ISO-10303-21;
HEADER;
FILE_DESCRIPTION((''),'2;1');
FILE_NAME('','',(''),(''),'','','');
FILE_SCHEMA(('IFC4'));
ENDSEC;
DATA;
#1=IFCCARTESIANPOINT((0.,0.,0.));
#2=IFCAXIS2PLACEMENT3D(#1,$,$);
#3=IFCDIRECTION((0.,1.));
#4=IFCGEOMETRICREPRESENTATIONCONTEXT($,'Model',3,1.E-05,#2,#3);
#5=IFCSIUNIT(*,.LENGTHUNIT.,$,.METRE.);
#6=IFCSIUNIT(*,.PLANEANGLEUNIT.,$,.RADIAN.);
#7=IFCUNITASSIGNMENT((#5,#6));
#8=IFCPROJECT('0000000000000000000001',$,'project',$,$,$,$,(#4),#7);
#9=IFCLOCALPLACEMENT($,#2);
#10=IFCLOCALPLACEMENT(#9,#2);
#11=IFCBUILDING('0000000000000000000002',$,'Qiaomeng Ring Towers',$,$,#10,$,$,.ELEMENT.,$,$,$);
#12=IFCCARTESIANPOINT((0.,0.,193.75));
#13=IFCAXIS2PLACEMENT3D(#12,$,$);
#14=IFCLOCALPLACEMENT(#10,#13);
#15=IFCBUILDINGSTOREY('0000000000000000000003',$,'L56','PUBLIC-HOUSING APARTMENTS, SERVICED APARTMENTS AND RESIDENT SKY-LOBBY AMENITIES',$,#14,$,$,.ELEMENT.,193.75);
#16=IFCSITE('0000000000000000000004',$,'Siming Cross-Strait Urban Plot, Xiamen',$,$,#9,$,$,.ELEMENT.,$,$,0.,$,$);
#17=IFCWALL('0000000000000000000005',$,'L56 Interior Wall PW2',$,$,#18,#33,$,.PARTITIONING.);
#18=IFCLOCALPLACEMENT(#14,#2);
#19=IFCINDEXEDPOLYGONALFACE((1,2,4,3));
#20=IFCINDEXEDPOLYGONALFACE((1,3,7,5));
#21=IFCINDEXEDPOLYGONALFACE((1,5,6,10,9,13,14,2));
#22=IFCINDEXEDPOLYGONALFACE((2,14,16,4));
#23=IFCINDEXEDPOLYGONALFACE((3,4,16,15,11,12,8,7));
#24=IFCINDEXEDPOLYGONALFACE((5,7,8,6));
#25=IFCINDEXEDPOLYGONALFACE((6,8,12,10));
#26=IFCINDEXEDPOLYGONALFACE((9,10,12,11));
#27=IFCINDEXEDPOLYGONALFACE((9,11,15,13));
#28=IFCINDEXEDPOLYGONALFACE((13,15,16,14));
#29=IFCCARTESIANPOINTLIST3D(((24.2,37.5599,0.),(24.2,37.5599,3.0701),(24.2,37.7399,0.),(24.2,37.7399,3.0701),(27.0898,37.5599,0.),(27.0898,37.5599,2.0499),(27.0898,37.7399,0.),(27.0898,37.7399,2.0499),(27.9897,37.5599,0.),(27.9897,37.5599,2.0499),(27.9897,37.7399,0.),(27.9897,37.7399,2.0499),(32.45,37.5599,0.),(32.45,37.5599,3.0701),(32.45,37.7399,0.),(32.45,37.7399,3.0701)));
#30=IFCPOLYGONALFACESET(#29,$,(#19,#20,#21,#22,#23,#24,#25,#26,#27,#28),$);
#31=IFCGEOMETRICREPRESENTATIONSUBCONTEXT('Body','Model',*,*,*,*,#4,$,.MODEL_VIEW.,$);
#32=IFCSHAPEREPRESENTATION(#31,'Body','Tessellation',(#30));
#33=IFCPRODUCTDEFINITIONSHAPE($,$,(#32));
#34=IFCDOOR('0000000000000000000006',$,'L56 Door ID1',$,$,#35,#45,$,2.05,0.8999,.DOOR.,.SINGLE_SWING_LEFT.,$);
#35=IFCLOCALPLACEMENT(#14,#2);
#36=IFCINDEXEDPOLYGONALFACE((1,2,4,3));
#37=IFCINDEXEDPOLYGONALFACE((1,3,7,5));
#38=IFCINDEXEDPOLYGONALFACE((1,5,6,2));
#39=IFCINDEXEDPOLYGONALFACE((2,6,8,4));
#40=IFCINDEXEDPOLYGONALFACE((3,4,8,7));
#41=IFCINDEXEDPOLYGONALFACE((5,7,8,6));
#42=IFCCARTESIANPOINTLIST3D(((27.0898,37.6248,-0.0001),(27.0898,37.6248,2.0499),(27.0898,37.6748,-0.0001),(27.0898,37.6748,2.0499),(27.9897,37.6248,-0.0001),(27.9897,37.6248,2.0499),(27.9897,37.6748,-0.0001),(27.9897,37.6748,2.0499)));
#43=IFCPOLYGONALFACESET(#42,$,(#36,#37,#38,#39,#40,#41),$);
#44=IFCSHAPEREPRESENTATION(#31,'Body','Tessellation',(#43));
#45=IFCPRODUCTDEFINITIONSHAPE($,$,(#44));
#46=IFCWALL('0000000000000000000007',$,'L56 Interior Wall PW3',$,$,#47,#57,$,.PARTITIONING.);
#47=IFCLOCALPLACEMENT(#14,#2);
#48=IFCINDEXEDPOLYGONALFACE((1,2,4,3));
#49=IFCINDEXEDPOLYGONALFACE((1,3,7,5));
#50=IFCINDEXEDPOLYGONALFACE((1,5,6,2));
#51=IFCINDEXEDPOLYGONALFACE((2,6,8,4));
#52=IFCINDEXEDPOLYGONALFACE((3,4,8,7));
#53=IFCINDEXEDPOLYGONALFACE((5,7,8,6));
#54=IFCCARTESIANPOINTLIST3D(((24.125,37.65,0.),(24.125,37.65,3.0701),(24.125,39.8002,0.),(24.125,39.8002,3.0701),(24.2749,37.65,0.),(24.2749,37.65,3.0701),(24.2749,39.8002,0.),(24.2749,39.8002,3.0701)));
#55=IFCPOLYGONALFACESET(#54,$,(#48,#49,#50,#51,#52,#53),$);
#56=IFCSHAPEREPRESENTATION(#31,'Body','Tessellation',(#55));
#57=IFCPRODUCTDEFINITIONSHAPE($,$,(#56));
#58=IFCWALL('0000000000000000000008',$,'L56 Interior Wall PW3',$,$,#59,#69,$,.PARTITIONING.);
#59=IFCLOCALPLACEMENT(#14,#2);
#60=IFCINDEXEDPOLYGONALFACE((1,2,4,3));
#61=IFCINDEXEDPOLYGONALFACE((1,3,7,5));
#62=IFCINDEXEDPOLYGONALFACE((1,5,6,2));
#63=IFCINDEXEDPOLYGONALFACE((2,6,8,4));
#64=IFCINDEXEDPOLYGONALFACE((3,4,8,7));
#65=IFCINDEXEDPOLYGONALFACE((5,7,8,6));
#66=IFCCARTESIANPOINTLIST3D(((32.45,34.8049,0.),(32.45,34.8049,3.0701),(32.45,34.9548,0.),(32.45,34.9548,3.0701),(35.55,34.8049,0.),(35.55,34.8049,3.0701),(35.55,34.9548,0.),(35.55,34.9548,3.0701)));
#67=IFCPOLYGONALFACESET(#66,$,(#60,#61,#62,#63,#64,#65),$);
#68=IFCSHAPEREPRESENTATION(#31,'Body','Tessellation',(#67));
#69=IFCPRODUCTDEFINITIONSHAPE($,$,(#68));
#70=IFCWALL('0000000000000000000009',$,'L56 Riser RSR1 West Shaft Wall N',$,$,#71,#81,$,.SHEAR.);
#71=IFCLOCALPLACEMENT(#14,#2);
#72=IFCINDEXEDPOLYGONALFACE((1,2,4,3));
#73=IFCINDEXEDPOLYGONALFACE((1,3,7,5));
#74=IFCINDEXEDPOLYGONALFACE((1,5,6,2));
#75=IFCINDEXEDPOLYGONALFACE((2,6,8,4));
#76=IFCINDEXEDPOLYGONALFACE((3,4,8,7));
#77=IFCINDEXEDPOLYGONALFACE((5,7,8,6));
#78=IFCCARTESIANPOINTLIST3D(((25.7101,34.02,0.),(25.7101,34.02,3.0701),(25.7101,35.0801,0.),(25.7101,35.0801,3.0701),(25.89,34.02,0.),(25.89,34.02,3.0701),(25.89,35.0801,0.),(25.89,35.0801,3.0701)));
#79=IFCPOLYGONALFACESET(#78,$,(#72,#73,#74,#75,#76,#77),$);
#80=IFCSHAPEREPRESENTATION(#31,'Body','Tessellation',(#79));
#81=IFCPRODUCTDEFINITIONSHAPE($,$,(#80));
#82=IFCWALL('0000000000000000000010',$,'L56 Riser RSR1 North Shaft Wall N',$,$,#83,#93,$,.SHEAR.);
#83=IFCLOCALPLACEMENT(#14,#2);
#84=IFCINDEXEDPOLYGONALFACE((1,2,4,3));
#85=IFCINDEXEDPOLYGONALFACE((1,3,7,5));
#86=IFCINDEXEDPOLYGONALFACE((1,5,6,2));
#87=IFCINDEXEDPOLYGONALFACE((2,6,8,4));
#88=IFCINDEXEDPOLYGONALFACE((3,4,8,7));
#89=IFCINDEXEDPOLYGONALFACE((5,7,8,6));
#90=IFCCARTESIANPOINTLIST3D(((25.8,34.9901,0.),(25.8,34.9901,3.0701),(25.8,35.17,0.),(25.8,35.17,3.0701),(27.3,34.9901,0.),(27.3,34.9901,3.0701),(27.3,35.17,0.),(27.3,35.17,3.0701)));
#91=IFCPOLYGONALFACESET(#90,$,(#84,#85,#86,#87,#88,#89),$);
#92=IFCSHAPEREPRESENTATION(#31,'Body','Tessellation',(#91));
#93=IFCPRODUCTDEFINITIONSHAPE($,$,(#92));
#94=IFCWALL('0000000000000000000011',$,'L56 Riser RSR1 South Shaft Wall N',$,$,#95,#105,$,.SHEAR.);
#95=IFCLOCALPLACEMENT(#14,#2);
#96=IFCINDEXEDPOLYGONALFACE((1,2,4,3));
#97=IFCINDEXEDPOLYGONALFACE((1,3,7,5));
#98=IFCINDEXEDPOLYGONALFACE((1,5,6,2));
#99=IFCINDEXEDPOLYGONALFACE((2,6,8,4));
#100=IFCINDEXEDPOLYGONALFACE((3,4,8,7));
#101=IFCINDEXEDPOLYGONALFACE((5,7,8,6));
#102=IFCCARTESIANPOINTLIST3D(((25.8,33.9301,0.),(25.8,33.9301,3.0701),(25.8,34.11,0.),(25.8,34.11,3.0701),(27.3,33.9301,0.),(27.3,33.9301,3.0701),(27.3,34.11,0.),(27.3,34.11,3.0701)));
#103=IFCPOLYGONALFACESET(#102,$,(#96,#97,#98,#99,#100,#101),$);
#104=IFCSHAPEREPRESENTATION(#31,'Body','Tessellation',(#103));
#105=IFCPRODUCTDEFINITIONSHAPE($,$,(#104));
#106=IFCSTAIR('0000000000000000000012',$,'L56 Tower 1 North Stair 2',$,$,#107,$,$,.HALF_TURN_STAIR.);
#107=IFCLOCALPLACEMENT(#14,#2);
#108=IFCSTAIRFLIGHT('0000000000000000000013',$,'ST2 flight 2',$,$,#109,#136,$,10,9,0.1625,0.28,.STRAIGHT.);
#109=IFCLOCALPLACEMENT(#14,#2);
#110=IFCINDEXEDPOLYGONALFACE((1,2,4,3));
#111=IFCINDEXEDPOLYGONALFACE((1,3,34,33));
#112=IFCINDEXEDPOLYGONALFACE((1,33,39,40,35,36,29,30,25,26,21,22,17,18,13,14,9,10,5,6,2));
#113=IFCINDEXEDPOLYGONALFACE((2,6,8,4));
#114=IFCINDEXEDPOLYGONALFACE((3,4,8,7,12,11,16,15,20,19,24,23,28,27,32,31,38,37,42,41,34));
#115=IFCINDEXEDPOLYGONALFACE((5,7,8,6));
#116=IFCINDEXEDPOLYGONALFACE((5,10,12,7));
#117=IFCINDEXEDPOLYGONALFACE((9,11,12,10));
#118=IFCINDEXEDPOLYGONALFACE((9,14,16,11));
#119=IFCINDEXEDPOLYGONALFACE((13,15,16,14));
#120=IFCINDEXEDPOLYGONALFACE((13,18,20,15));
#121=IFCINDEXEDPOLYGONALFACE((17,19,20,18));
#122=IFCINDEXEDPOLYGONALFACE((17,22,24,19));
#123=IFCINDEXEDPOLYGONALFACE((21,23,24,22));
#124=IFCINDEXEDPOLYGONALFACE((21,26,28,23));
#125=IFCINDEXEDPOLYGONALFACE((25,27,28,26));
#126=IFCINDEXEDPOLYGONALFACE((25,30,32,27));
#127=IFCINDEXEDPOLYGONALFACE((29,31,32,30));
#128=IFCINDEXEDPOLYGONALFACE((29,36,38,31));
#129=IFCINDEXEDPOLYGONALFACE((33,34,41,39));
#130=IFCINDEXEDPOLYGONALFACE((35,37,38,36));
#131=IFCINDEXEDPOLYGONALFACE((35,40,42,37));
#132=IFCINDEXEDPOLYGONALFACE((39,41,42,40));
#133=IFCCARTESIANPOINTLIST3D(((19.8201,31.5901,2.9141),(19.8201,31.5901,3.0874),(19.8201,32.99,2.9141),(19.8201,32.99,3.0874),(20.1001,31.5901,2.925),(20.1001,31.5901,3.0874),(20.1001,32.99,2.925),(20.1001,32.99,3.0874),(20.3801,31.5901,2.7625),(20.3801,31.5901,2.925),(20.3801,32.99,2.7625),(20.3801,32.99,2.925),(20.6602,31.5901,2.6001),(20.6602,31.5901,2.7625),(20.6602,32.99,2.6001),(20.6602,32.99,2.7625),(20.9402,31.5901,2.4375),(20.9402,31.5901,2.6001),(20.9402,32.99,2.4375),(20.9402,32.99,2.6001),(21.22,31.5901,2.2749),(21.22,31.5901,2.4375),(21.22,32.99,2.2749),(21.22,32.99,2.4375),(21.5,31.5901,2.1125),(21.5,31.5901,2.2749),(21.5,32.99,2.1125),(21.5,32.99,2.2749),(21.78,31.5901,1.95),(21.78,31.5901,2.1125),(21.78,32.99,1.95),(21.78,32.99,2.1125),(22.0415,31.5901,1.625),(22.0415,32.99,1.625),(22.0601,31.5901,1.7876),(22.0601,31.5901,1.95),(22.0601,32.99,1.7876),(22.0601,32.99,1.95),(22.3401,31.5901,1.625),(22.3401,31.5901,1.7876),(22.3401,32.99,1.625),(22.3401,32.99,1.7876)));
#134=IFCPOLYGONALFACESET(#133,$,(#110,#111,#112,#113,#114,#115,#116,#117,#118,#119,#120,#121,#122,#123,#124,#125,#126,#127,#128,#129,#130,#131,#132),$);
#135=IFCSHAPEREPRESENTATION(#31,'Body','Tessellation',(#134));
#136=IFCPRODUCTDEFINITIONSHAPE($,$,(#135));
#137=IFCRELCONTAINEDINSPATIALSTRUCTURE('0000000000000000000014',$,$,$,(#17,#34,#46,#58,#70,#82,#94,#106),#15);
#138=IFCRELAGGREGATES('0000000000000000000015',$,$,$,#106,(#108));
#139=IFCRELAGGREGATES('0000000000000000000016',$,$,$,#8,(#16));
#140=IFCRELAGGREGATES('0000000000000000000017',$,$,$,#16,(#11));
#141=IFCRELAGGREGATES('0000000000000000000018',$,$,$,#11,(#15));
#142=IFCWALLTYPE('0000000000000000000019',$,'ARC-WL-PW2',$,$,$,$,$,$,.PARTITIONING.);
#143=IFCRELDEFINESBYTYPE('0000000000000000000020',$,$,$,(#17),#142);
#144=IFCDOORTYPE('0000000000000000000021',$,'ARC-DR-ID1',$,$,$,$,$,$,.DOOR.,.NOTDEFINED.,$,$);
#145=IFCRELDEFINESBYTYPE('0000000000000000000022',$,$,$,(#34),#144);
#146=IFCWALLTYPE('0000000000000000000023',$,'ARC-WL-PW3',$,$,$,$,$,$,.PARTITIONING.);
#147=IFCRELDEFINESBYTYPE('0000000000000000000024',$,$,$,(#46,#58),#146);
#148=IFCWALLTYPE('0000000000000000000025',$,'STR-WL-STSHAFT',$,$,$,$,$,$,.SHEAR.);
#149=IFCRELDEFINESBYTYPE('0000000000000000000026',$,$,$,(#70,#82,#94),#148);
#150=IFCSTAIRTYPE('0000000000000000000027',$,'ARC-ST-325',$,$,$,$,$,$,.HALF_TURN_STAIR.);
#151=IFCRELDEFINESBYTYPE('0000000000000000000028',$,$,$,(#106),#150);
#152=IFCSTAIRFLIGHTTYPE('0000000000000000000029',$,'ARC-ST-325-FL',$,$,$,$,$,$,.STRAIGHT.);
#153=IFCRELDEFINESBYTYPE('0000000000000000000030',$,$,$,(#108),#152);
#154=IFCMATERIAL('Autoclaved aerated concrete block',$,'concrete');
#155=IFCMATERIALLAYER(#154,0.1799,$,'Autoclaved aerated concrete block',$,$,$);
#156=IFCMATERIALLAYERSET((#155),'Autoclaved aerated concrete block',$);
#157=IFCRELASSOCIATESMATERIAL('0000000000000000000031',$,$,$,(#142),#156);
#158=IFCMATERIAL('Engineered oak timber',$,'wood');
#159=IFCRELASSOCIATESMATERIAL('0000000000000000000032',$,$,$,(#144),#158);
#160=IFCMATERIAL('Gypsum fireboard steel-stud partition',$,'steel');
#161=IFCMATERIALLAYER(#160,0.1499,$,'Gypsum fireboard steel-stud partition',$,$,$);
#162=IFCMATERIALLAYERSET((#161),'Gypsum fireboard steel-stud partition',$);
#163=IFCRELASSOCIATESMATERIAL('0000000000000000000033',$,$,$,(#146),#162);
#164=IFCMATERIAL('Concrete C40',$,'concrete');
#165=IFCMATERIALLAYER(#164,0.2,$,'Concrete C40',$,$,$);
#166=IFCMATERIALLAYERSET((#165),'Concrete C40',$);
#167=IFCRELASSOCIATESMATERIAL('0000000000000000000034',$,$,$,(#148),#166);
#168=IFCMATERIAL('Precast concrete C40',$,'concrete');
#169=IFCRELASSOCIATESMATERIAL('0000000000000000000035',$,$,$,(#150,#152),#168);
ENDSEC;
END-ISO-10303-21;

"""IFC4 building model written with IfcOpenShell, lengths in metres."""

from ifc_helpers import new_model, si_unit, direction, frame, frame_2d, origin, place, context, subcontext, project, spatial, polyline, rectangle, outline, extrude, source, transform, mapped, material, layer, layer_set, type_object, element, fill, aggregate, save


model = new_model("IFC4")

# Units and contexts
model_context = context("Model", 3, precision=1e-05, world=origin(), true_north=direction((0.0, 1.0)))
body_context = subcontext(model_context, "Body", "Model", "MODEL_VIEW")
ifc_project = project(units=[si_unit("LENGTHUNIT", "METRE"), si_unit("PLANEANGLEUNIT", "RADIAN")], contexts=[model_context])

# Site, building, storey
site_placement = place(None, origin())
site = spatial("IfcSite", under=ifc_project, at=site_placement, Name="Siming Cross-Strait Urban Plot, Xiamen", CompositionType="ELEMENT", RefElevation=0.0)
building_placement = place(site_placement, origin())
building = spatial("IfcBuilding", under=site, at=building_placement, Name="Qiaomeng Ring Towers", CompositionType="ELEMENT")
storey_placement = place(building_placement, frame((0.0, 0.0, 193.75)))
storey = spatial("IfcBuildingStorey", under=building, at=storey_placement, Name="L56", Description="PUBLIC-HOUSING APARTMENTS, SERVICED APARTMENTS AND RESIDENT SKY-LOBBY AMENITIES", CompositionType="ELEMENT", Elevation=193.75)

# Shared definitions
ifc_material_1 = material(Name="Concrete C40", Category="concrete")

# Shared definitions
ifc_material_2 = material(Name="Autoclaved aerated concrete block", Category="concrete")

# Wall, opening, door
ifc_layer_1 = layer(ifc_material_2, 0.1799, Name="Autoclaved aerated concrete block")
ifc_layer_set_1 = layer_set([ifc_layer_1], Name="Autoclaved aerated concrete block")
wall_type_1 = type_object("IfcWallType", Name="ARC-WL-PW2", PredefinedType="PARTITIONING", material=ifc_layer_set_1)
wall_1_placement = place(storey_placement, frame((24.2, 37.6499, 0.0), z_axis=(0.0, 0.0, 1.0), x_axis=(1.0, 0.0, 0.0)))
wall_1 = element("IfcWall", 1, at=wall_1_placement, inside=storey, type_object=wall_type_1, Name="L56 Interior Wall PW2", PredefinedType="PARTITIONING", context=body_context, shape_type="SweptSolid", body=[
    extrude(rectangle(XDim=8.25, YDim=0.1799, at=frame_2d((4.125, 0.0))), origin(), (0.0, 0.0, 1.0), 3.0701),
])
opening_placement = place(wall_1_placement, frame((2.8899, 0.0, 0.0)))
opening = element("IfcOpeningElement", 2, at=opening_placement, cuts=wall_1, PredefinedType="OPENING", context=body_context, shape_type="SweptSolid", body=[
    extrude(rectangle(XDim=0.8999, YDim=2.05, at=frame_2d((0.45, 1.0249))), frame((0.0, 0.0999, 0.0), z_axis=(0.0, -1.0, 0.0), x_axis=(1.0, 0.0, 0.0)), (0.0, 0.0, 1.0), 0.2),
])
ifc_material_3 = material(Name="Engineered oak timber", Category="wood")
door_type = type_object("IfcDoorType", Name="ARC-DR-ID1", OperationType="NOTDEFINED", PredefinedType="DOOR", material=ifc_material_3)
shared_shape_1 = source(origin(), body_context, "Body", "SweptSolid", [
    extrude(rectangle(XDim=0.8999, YDim=2.05, at=frame_2d((0.45, 1.0249))), frame((0.0, 0.0249, 0.0), z_axis=(0.0, -1.0, 0.0), x_axis=(1.0, 0.0, 0.0)), (0.0, 0.0, 1.0), 0.05),
])
door_placement = place(opening_placement, origin())
door = element("IfcDoor", 3, at=door_placement, inside=storey, type_object=door_type, Name="L56 Door ID1", OperationType="SINGLE_SWING_LEFT", OverallHeight=2.05, OverallWidth=0.8999, PredefinedType="DOOR", context=body_context, shape_type="MappedRepresentation", body=[
    mapped(shared_shape_1, transform((0.0, 0.0, 0.0), x_axis=(1.0, 0.0, 0.0), y_axis=(0.0, 1.0, 0.0), z_axis=(0.0, 0.0, 1.0), scale=1.0)),
])
fill(opening, door)

# Walls
ifc_material_4 = material(Name="Gypsum fireboard steel-stud partition", Category="steel")
ifc_layer_2 = layer(ifc_material_4, 0.1499, Name="Gypsum fireboard steel-stud partition")
ifc_layer_set_2 = layer_set([ifc_layer_2], Name="Gypsum fireboard steel-stud partition")
wall_type_2 = type_object("IfcWallType", Name="ARC-WL-PW3", PredefinedType="PARTITIONING", material=ifc_layer_set_2)
wall_2_placement = place(storey_placement, frame((24.2, 37.6499, 0.0), z_axis=(0.0, 0.0, 1.0), x_axis=(0.0, 1.0, 0.0)))
element("IfcWall", 4, at=wall_2_placement, inside=storey, type_object=wall_type_2, Name="L56 Interior Wall PW3", PredefinedType="PARTITIONING", context=body_context, shape_type="SweptSolid", body=[
    extrude(rectangle(XDim=2.1501, YDim=0.1499, at=frame_2d((1.0752, 0.0))), origin(), (0.0, 0.0, 1.0), 3.0701),
])
wall_3_placement = place(storey_placement, frame((32.45, 34.8799, 0.0), z_axis=(0.0, 0.0, 1.0), x_axis=(1.0, 0.0, 0.0)))
element("IfcWall", 5, at=wall_3_placement, inside=storey, type_object=wall_type_2, Name="L56 Interior Wall PW3", PredefinedType="PARTITIONING", context=body_context, shape_type="SweptSolid", body=[
    extrude(rectangle(XDim=3.1001, YDim=0.1499, at=frame_2d((1.55, 0.0))), origin(), (0.0, 0.0, 1.0), 3.0701),
])
ifc_layer_3 = layer(ifc_material_1, 0.2, Name="Concrete C40")
ifc_layer_set_3 = layer_set([ifc_layer_3], Name="Concrete C40")
wall_type_3 = type_object("IfcWallType", Name="STR-WL-STSHAFT", PredefinedType="SHEAR", material=ifc_layer_set_3)
wall_4_placement = place(storey_placement, frame((25.8, 34.02, 0.0), z_axis=(0.0, 0.0, 1.0), x_axis=(0.0, 1.0, 0.0)))
element("IfcWall", 6, at=wall_4_placement, inside=storey, type_object=wall_type_3, Name="L56 Riser RSR1 West Shaft Wall N", PredefinedType="SHEAR", context=body_context, shape_type="SweptSolid", body=[
    extrude(rectangle(XDim=1.0601, YDim=0.1799, at=frame_2d((0.53, 0.0))), origin(), (0.0, 0.0, 1.0), 3.0701),
])
for number, where, z_axis, x_axis, name in (
    (7, (25.8, 35.0801, 0.0), (0.0, 0.0, 1.0), (1.0, 0.0, 0.0), "L56 Riser RSR1 North Shaft Wall N"),
    (8, (25.8, 34.02, 0.0), (0.0, 0.0, 1.0), (1.0, 0.0, 0.0), "L56 Riser RSR1 South Shaft Wall N"),
):
    element("IfcWall", number, at=place(storey_placement, frame(where, z_axis=z_axis, x_axis=x_axis)), inside=storey, type_object=wall_type_3, Name=name, PredefinedType="SHEAR", context=body_context, shape_type="SweptSolid", body=[
        extrude(rectangle(XDim=1.5, YDim=0.1799, at=frame_2d((0.75, 0.0))), origin(), (0.0, 0.0, 1.0), 3.0701),
    ])

# Stair, stair flight
ifc_material_5 = material(Name="Precast concrete C40", Category="concrete")
stair_type = type_object("IfcStairType", Name="ARC-ST-325", PredefinedType="HALF_TURN_STAIR", material=ifc_material_5)
stair_placement = place(storey_placement, origin())
stair = element("IfcStair", 9, at=stair_placement, inside=storey, type_object=stair_type, Name="L56 Tower 1 North Stair 2", PredefinedType="HALF_TURN_STAIR")
stair_flight_type = type_object("IfcStairFlightType", Name="ARC-ST-325-FL", PredefinedType="STRAIGHT", material=ifc_material_5)
shared_shape_2 = source(origin(), body_context, "Body", "SweptSolid", [
    extrude(outline(polyline([(0.0, 0.0), (0.0, 0.1626), (0.28, 0.1626), (0.28, 0.325), (0.5601, 0.325), (0.5601, 0.4875), (0.8401, 0.4875), (0.8401, 0.6499), (1.1201, 0.6499), (1.1201, 0.8125), (1.3999, 0.8125), (1.3999, 0.9751), (1.6799, 0.9751), (1.6799, 1.1375), (1.96, 1.1375), (1.96, 1.3), (2.24, 1.3), (2.24, 1.4624), (2.52, 1.4624), (2.52, 1.625), (2.52, 1.2891), (0.2986, 0.0), (0.0, 0.0)])), frame((0.0, 0.7, 0.0), z_axis=(0.0, -1.0, 0.0), x_axis=(1.0, 0.0, 0.0)), (0.0, 0.0, 1.0), 1.3999),
])
stair_flight_placement = place(storey_placement, frame((22.3401, 32.29, 1.625), z_axis=(0.0, 0.0, 1.0), x_axis=(-1.0, 0.0, 0.0)))
stair_flight = element("IfcStairFlight", 10, at=stair_flight_placement, type_object=stair_flight_type, Name="ST2 flight 2", NumberOfRisers=10, NumberOfTreads=9, PredefinedType="STRAIGHT", RiserHeight=0.1625, TreadLength=0.28, context=body_context, shape_type="MappedRepresentation", body=[
    mapped(shared_shape_2, transform((0.0, 0.0, 0.0), x_axis=(1.0, 0.0, 0.0), y_axis=(0.0, 1.0, 0.0), z_axis=(0.0, 0.0, 1.0), scale=1.0)),
])
aggregate(stair, [stair_flight])

save(model, "model.ifc")
